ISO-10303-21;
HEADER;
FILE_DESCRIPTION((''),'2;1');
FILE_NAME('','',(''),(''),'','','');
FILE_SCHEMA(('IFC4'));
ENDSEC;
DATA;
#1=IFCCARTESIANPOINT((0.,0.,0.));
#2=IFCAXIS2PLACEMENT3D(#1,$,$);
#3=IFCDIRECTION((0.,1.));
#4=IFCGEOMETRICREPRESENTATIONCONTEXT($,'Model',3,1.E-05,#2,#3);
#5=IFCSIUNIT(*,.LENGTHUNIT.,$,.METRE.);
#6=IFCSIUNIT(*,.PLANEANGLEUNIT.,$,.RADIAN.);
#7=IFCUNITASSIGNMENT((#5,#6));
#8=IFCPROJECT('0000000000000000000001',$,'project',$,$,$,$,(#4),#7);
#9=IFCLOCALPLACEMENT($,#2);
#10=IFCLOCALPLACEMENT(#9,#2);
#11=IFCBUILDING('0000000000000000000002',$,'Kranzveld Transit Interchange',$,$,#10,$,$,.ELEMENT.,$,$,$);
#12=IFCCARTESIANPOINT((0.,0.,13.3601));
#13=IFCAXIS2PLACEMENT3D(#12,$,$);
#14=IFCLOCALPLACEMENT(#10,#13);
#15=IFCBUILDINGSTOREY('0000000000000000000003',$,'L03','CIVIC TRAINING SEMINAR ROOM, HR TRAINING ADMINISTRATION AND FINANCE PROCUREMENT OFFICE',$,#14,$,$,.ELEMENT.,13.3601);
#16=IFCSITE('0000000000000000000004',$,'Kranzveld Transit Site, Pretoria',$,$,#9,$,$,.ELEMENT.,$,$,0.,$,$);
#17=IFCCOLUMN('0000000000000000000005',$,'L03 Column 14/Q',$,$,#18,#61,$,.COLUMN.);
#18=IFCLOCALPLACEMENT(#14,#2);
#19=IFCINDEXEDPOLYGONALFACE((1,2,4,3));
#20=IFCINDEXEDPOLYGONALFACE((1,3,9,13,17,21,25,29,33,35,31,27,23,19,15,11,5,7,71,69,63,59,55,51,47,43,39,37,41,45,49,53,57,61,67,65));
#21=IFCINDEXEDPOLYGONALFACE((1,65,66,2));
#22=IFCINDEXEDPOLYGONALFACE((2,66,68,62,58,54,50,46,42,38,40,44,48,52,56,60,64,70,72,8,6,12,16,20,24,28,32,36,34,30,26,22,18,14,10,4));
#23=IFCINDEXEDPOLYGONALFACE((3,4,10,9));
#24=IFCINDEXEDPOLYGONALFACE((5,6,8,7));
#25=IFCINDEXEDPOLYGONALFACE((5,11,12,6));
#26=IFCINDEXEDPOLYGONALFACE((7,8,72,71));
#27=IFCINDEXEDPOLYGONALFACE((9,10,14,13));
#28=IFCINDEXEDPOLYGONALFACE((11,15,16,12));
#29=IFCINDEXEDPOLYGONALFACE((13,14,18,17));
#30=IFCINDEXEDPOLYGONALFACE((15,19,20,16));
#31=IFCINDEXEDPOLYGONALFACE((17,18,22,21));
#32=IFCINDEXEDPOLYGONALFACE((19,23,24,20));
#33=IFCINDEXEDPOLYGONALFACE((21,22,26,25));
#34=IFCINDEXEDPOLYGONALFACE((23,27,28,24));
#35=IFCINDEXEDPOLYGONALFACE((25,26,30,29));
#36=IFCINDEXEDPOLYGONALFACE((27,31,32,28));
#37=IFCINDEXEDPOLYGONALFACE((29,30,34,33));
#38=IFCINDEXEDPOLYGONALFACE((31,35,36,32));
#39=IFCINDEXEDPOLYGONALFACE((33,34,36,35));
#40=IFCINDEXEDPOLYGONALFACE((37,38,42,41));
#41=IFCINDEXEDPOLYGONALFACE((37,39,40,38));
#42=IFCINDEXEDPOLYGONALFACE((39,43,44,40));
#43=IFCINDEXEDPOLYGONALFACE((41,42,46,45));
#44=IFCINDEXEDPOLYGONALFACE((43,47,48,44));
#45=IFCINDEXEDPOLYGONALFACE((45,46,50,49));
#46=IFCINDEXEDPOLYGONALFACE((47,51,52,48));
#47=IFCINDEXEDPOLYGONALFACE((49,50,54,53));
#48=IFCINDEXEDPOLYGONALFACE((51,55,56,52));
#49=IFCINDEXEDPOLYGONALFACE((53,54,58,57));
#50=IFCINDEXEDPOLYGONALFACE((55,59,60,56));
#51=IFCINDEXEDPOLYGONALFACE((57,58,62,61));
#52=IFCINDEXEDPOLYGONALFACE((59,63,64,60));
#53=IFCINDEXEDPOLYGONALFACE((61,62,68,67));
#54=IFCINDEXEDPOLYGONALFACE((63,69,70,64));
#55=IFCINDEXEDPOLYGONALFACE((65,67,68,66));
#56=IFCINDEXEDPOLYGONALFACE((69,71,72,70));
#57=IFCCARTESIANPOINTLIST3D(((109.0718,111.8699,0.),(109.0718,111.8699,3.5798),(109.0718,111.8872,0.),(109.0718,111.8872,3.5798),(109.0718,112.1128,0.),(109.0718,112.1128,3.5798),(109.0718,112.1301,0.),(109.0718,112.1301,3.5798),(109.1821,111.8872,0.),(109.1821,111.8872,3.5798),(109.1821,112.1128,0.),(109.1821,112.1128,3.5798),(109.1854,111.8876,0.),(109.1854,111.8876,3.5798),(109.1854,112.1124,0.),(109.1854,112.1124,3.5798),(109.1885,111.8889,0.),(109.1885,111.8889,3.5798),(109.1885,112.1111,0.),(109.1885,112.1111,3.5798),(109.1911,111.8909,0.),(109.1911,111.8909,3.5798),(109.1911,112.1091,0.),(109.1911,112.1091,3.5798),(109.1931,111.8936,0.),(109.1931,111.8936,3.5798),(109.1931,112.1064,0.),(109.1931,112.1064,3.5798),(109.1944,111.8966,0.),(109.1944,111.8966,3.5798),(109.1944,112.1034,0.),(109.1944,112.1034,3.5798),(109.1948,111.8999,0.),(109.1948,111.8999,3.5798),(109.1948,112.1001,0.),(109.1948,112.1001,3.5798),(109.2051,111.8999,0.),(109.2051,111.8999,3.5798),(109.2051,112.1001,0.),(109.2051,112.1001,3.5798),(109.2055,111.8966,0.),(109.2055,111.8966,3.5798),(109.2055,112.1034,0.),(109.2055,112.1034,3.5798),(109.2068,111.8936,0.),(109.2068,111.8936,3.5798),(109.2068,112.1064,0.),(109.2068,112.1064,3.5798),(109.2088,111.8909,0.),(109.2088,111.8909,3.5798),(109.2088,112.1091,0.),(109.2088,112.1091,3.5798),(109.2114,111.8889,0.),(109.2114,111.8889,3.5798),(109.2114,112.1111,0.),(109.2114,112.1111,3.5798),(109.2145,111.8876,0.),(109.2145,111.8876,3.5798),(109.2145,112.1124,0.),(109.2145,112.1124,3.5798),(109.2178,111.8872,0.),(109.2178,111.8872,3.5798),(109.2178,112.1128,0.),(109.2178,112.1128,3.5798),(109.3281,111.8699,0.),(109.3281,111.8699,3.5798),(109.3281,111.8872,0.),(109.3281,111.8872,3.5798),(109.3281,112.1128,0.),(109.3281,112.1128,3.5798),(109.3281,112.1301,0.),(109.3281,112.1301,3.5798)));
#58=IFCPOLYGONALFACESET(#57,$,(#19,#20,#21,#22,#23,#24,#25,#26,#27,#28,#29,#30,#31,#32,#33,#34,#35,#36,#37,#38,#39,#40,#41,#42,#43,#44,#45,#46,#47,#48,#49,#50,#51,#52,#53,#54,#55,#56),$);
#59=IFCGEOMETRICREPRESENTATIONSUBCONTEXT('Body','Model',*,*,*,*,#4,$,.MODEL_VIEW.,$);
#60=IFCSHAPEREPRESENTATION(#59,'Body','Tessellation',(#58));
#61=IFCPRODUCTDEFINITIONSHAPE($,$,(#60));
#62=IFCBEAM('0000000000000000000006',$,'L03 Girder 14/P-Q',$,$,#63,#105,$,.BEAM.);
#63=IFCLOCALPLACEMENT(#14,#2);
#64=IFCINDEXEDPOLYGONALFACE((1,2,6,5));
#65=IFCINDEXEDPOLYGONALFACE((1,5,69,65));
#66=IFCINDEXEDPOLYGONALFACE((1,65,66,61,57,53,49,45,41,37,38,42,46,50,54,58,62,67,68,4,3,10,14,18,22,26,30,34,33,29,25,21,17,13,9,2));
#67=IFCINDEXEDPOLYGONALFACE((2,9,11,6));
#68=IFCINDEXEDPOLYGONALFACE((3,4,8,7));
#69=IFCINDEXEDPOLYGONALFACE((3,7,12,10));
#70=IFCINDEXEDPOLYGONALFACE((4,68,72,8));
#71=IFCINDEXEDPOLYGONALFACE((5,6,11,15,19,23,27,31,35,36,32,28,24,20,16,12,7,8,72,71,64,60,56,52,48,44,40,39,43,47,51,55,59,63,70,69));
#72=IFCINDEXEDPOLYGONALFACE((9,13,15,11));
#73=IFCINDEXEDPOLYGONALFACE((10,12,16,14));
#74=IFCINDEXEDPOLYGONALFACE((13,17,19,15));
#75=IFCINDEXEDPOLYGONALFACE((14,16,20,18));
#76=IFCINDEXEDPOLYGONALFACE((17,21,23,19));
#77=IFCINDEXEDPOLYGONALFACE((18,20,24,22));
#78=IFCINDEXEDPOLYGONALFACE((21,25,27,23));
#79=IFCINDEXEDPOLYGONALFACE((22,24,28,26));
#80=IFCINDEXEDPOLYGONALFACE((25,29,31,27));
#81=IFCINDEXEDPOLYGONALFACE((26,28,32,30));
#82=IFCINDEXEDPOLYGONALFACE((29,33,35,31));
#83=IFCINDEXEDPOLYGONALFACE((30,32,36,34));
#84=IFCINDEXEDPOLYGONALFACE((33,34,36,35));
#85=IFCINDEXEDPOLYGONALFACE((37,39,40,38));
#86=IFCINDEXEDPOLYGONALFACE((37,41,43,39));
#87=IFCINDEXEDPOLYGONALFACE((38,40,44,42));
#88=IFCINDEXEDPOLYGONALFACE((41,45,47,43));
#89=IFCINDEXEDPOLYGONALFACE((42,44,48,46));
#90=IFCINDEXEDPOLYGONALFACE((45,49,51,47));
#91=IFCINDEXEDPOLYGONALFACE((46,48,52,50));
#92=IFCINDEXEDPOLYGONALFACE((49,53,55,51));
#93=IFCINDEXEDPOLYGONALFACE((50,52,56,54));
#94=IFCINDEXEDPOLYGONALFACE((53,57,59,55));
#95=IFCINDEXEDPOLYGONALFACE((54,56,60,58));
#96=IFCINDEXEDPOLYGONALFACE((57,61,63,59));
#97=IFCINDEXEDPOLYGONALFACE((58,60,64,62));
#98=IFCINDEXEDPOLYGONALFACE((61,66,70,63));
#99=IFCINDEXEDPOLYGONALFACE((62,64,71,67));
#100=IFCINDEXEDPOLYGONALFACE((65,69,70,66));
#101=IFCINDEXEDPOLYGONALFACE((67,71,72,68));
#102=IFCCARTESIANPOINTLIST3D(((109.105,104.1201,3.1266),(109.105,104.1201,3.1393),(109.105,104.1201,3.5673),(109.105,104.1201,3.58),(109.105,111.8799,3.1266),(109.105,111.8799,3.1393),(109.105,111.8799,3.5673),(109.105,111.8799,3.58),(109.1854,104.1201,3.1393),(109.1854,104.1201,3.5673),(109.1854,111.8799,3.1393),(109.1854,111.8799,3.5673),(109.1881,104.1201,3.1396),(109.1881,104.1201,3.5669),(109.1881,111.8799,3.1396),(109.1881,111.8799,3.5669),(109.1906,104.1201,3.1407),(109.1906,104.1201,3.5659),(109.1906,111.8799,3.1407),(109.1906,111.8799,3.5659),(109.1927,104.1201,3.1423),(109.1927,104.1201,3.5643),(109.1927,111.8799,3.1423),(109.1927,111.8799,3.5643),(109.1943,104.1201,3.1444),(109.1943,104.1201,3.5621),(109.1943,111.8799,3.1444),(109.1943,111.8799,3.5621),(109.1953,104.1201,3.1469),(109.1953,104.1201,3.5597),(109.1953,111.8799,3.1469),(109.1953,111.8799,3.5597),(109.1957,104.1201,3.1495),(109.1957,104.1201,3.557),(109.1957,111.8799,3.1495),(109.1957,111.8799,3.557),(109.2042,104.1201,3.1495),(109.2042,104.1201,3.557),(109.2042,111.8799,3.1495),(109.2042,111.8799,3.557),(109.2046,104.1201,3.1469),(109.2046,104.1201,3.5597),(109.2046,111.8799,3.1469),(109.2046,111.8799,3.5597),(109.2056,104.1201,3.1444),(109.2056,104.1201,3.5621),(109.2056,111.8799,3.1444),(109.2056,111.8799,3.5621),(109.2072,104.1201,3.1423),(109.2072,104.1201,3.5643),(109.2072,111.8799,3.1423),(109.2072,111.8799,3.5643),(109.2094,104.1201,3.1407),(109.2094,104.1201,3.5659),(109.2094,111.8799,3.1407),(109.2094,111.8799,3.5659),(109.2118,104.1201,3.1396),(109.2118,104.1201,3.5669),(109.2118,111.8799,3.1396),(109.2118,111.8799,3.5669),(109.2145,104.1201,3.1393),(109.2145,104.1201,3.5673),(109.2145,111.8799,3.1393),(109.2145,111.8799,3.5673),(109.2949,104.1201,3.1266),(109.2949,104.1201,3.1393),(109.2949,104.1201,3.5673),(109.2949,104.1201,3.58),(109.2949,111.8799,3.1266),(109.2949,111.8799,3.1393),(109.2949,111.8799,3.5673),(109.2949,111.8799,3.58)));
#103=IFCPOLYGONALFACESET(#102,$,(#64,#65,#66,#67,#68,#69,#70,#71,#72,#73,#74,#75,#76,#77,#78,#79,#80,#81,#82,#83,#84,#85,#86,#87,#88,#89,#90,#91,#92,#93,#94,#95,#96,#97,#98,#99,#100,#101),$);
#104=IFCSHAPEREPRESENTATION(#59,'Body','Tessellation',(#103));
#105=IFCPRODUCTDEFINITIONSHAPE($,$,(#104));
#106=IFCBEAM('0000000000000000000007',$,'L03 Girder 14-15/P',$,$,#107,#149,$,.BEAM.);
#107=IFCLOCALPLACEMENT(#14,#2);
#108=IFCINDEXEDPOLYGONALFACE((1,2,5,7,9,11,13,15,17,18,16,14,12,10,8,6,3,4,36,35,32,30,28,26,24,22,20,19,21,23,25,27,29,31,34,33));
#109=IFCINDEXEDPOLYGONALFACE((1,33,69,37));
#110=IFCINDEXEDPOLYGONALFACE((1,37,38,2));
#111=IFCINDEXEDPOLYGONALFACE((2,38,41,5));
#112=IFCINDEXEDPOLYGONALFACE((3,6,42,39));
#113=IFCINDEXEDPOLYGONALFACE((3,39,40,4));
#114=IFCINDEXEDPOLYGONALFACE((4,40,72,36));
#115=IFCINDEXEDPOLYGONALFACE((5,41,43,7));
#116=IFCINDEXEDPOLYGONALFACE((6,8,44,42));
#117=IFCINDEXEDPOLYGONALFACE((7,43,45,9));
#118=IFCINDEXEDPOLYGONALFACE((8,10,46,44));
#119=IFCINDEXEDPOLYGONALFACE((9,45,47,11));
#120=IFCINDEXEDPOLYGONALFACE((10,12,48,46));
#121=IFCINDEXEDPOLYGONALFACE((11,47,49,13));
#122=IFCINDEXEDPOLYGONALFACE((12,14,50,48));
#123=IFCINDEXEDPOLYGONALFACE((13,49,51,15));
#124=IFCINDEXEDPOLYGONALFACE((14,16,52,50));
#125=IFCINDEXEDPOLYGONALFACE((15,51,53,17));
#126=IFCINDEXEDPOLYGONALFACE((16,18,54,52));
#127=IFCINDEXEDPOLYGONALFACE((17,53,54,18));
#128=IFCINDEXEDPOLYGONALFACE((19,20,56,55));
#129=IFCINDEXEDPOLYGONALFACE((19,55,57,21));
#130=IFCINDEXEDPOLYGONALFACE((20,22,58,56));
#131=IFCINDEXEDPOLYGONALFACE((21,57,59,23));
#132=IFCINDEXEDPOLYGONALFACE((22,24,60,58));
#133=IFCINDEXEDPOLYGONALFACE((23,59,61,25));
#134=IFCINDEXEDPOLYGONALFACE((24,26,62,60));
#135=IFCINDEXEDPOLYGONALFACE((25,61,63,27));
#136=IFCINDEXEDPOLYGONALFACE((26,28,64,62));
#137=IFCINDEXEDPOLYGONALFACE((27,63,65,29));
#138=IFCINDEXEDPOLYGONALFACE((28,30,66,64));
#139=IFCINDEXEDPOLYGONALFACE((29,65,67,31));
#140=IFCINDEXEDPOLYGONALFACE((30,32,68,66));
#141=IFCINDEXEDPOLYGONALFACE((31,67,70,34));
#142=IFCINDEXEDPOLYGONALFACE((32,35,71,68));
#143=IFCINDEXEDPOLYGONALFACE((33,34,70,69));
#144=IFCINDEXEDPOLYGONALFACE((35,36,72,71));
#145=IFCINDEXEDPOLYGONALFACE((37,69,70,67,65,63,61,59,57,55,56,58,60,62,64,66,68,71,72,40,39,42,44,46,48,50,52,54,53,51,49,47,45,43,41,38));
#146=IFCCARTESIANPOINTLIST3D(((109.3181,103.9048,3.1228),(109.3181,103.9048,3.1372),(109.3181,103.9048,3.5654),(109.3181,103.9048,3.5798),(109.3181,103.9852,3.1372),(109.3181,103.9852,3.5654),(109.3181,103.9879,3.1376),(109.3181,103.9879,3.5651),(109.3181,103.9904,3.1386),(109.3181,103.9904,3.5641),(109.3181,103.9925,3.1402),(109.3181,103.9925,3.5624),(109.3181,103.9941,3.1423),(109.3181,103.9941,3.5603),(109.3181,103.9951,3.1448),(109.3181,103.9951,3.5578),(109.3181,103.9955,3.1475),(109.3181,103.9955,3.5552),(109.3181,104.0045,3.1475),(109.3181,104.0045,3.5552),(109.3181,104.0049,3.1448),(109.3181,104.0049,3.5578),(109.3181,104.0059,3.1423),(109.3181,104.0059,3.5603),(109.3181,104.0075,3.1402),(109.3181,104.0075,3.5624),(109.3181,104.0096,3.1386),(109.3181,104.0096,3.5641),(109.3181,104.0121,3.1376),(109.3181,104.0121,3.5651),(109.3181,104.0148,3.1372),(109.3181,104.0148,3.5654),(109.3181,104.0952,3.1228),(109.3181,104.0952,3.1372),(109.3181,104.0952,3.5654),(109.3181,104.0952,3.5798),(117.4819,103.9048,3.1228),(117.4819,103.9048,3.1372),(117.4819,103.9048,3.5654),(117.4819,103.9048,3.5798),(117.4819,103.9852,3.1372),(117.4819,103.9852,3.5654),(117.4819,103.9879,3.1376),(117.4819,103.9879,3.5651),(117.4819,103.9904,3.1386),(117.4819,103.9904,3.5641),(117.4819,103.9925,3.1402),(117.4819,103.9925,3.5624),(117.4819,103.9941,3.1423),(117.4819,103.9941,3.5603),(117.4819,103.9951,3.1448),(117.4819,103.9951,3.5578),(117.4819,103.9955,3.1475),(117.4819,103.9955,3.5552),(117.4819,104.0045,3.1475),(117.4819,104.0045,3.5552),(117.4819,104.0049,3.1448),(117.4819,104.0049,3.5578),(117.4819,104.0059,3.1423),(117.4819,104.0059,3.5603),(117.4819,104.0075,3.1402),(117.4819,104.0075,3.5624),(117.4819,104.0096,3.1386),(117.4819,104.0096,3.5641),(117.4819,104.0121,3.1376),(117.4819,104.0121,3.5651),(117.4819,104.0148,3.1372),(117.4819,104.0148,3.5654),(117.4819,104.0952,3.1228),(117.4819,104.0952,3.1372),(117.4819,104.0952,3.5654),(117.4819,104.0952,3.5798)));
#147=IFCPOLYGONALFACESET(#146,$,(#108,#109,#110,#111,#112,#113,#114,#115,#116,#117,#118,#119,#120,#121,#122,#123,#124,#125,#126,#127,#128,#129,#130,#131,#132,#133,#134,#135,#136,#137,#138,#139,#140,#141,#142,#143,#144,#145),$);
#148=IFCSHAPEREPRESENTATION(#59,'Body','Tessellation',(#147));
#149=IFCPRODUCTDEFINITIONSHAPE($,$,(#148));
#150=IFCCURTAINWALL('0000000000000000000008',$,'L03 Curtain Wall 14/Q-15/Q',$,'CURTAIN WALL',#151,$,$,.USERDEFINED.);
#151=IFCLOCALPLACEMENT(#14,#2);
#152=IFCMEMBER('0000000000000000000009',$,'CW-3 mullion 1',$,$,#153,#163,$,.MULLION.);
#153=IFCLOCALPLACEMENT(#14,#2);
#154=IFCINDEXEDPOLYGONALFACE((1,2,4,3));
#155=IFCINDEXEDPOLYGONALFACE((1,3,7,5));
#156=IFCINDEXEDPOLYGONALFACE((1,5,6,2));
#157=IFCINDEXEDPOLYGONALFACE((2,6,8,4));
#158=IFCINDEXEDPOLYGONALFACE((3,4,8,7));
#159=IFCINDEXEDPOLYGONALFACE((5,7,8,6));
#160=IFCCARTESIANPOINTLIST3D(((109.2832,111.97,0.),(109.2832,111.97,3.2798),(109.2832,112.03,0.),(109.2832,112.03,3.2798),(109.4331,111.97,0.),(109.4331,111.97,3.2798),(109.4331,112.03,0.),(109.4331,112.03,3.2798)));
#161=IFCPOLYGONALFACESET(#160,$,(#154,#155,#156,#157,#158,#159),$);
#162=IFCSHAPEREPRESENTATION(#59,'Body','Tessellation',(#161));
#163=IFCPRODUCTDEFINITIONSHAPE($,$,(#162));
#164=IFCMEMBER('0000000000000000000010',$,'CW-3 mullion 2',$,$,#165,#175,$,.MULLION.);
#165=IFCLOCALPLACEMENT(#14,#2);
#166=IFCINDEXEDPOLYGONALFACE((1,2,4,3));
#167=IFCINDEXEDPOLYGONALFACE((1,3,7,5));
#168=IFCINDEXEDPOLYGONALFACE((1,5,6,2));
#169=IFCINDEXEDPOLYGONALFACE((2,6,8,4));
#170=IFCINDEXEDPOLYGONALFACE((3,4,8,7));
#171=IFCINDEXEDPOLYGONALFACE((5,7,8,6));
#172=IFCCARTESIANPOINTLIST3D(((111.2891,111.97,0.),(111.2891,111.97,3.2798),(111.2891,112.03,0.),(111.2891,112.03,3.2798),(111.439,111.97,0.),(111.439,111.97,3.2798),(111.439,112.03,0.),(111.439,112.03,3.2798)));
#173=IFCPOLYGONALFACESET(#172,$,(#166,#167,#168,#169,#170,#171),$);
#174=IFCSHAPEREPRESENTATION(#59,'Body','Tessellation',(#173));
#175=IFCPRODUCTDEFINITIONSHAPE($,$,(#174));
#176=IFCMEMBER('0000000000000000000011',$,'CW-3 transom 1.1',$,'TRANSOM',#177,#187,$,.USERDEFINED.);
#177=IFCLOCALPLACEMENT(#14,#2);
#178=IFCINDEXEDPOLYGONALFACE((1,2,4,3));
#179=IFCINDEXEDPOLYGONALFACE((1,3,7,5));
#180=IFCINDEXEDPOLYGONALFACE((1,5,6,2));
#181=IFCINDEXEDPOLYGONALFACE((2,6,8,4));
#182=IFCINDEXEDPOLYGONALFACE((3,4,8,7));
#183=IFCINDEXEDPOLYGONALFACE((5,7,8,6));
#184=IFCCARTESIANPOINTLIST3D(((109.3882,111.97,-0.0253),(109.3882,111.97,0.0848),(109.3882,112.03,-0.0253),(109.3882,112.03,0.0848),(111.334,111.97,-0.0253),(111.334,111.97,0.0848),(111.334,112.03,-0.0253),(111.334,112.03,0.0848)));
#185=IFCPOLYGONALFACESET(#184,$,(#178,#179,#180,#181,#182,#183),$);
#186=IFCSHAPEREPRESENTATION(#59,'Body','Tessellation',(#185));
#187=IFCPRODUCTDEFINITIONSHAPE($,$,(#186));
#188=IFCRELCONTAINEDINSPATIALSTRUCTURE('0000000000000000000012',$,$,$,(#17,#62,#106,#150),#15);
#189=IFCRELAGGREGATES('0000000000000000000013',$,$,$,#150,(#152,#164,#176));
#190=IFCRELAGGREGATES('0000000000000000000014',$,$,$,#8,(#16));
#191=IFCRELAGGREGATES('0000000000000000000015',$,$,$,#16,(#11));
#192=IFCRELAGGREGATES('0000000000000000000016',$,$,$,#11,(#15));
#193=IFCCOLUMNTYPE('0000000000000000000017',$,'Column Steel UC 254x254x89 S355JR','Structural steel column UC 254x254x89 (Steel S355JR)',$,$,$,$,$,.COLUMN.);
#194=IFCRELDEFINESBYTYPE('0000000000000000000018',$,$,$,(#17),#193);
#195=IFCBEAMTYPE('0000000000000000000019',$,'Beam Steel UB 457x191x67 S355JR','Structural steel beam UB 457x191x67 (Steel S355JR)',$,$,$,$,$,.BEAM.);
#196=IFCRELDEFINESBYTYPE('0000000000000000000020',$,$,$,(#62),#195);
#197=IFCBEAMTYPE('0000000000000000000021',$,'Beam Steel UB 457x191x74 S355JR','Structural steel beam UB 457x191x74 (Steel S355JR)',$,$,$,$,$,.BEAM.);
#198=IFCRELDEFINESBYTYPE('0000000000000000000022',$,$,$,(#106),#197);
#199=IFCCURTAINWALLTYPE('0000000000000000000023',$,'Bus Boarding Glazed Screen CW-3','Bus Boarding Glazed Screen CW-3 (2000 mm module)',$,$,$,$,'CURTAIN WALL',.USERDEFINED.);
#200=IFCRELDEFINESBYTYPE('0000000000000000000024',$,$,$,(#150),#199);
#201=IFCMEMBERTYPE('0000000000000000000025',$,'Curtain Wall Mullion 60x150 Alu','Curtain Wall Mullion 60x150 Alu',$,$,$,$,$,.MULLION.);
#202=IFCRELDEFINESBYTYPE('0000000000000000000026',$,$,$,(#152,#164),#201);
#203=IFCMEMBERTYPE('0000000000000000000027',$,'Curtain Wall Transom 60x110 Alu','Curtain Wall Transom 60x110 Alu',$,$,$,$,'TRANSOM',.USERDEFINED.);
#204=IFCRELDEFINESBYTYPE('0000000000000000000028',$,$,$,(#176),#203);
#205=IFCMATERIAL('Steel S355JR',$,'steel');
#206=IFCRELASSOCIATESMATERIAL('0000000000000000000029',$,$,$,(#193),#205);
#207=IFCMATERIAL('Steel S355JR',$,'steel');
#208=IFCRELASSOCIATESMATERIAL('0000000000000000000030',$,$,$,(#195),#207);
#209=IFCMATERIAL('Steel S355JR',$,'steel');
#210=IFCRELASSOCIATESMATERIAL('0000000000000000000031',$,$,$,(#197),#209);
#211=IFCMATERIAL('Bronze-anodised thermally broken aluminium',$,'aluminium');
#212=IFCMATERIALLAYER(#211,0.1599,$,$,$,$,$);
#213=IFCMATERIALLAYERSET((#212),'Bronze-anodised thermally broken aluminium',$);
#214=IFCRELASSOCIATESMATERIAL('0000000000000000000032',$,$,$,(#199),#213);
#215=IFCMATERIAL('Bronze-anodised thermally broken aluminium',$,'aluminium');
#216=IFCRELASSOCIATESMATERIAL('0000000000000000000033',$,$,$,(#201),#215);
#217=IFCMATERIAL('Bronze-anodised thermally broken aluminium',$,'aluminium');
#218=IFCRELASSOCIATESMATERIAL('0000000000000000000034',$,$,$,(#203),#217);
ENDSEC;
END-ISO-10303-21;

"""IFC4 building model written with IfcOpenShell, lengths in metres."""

from ifc_helpers import new_model, si_unit, direction, frame, origin, origin_2d, place, context, subcontext, project, spatial, rectangle, i_section, extrude, material, layer, layer_set, material_profile, profile_set, type_object, element, aggregate, save


model = new_model("IFC4")

# Units and contexts
model_context = context("Model", 3, precision=1e-05, world=origin(), true_north=direction((0.0, 1.0)))
body_context = subcontext(model_context, "Body", "Model", "MODEL_VIEW")
ifc_project = project(units=[si_unit("LENGTHUNIT", "METRE"), si_unit("PLANEANGLEUNIT", "RADIAN")], contexts=[model_context])

# Site, building, storey
site_placement = place(None, origin())
site = spatial("IfcSite", under=ifc_project, at=site_placement, Name="Kranzveld Transit Site, Pretoria", CompositionType="ELEMENT", RefElevation=0.0)
building_placement = place(site_placement, origin())
building = spatial("IfcBuilding", under=site, at=building_placement, Name="Kranzveld Transit Interchange", CompositionType="ELEMENT")
storey_placement = place(building_placement, frame((0.0, 0.0, 13.3601)))
storey = spatial("IfcBuildingStorey", under=building, at=storey_placement, Name="L03", Description="CIVIC TRAINING SEMINAR ROOM, HR TRAINING ADMINISTRATION AND FINANCE PROCUREMENT OFFICE", CompositionType="ELEMENT", Elevation=13.3601)

# Column
ifc_material_1 = material(Name="Steel S355JR", Category="steel")
ifc_material_profile_1 = material_profile(ifc_material_1, i_section(OverallWidth=0.2563, OverallDepth=0.2603, WebThickness=0.0103, FlangeThickness=0.0173, FilletRadius=0.0127, at=origin_2d()), Name="UC 254x254x89")
ifc_profile_set_1 = profile_set([ifc_material_profile_1], Name="Steel S355JR")
column_type = type_object("IfcColumnType", Name="Column Steel UC 254x254x89 S355JR", Description="Structural steel column UC 254x254x89 (Steel S355JR)", PredefinedType="COLUMN", material=ifc_profile_set_1)
column_placement = place(storey_placement, frame((109.2, 112.0, 0.0), z_axis=(0.0, 0.0, 1.0), x_axis=(1.0, 0.0, 0.0)))
element("IfcColumn", 1, at=column_placement, inside=storey, type_object=column_type, Name="L03 Column 14/Q", PredefinedType="COLUMN", context=body_context, shape_type="SweptSolid", body=[
    extrude(i_section(OverallWidth=0.2563, OverallDepth=0.2603, WebThickness=0.0103, FlangeThickness=0.0173, FilletRadius=0.0127, at=origin_2d()), origin(), (0.0, 0.0, 1.0), 3.5798),
])

# Beams
ifc_material_2 = material(Name="Steel S355JR", Category="steel")
ifc_material_profile_2 = material_profile(ifc_material_2, i_section(OverallWidth=0.1899, OverallDepth=0.4534, WebThickness=0.0085, FlangeThickness=0.0127, FilletRadius=0.0103, at=origin_2d()), Name="UB 457x191x67")
ifc_profile_set_2 = profile_set([ifc_material_profile_2], Name="Steel S355JR")
beam_type_1 = type_object("IfcBeamType", Name="Beam Steel UB 457x191x67 S355JR", Description="Structural steel beam UB 457x191x67 (Steel S355JR)", PredefinedType="BEAM", material=ifc_profile_set_2)
beam_1_placement = place(storey_placement, frame((109.2, 104.1201, 3.3533), z_axis=(0.0, 1.0, 0.0), x_axis=(-1.0, 0.0, 0.0)))
element("IfcBeam", 2, at=beam_1_placement, inside=storey, type_object=beam_type_1, Name="L03 Girder 14/P-Q", PredefinedType="BEAM", context=body_context, shape_type="SweptSolid", body=[
    extrude(i_section(OverallWidth=0.1899, OverallDepth=0.4534, WebThickness=0.0085, FlangeThickness=0.0127, FilletRadius=0.0103, at=origin_2d()), origin(), (0.0, 0.0, 1.0), 7.7598),
])
ifc_material_3 = material(Name="Steel S355JR", Category="steel")
ifc_material_profile_3 = material_profile(ifc_material_3, i_section(OverallWidth=0.1904, OverallDepth=0.457, WebThickness=0.009, FlangeThickness=0.0144, FilletRadius=0.0103, at=origin_2d()), Name="UB 457x191x74")
ifc_profile_set_3 = profile_set([ifc_material_profile_3], Name="Steel S355JR")
beam_type_2 = type_object("IfcBeamType", Name="Beam Steel UB 457x191x74 S355JR", Description="Structural steel beam UB 457x191x74 (Steel S355JR)", PredefinedType="BEAM", material=ifc_profile_set_3)
beam_2_placement = place(storey_placement, frame((109.3181, 104.0, 3.3513), z_axis=(1.0, 0.0, 0.0), x_axis=(0.0, 1.0, 0.0)))
element("IfcBeam", 3, at=beam_2_placement, inside=storey, type_object=beam_type_2, Name="L03 Girder 14-15/P", PredefinedType="BEAM", context=body_context, shape_type="SweptSolid", body=[
    extrude(i_section(OverallWidth=0.1904, OverallDepth=0.457, WebThickness=0.009, FlangeThickness=0.0144, FilletRadius=0.0103, at=origin_2d()), origin(), (0.0, 0.0, 1.0), 8.1638),
])

# Curtain wall, members
ifc_material_4 = material(Name="Bronze-anodised thermally broken aluminium", Category="aluminium")
ifc_layer_1 = layer(ifc_material_4, 0.1599)
ifc_layer_set_1 = layer_set([ifc_layer_1], Name="Bronze-anodised thermally broken aluminium")
curtain_wall_type = type_object("IfcCurtainWallType", Name="Bus Boarding Glazed Screen CW-3", Description="Bus Boarding Glazed Screen CW-3 (2000 mm module)", ElementType="CURTAIN WALL", PredefinedType="USERDEFINED", material=ifc_layer_set_1)
curtain_wall_placement = place(storey_placement, origin())
curtain_wall = element("IfcCurtainWall", 4, at=curtain_wall_placement, inside=storey, type_object=curtain_wall_type, Name="L03 Curtain Wall 14/Q-15/Q", ObjectType="CURTAIN WALL", PredefinedType="USERDEFINED")
ifc_material_5 = material(Name="Bronze-anodised thermally broken aluminium", Category="aluminium")
ifc_material_profile_4 = material_profile(ifc_material_5, rectangle(XDim=0.0601, YDim=0.1499, at=origin_2d()), Name="ALU MULLION 60x150")
ifc_profile_set_4 = profile_set([ifc_material_profile_4], Name="Bronze-anodised thermally broken aluminium")
member_type_1 = type_object("IfcMemberType", Name="Curtain Wall Mullion 60x150 Alu", Description="Curtain Wall Mullion 60x150 Alu", PredefinedType="MULLION", material=ifc_profile_set_4)
member_1_placement = place(storey_placement, frame((109.3582, 112.0, 0.0), z_axis=(0.0, 0.0, 1.0), x_axis=(0.0, 1.0, 0.0)))
member_1 = element("IfcMember", 5, at=member_1_placement, type_object=member_type_1, Name="CW-3 mullion 1", PredefinedType="MULLION", context=body_context, shape_type="SweptSolid", body=[
    extrude(rectangle(XDim=0.0601, YDim=0.1499, at=origin_2d()), origin(), (0.0, 0.0, 1.0), 3.2798),
])
member_2_placement = place(storey_placement, frame((111.364, 112.0, 0.0), z_axis=(0.0, 0.0, 1.0), x_axis=(0.0, 1.0, 0.0)))
member_2 = element("IfcMember", 6, at=member_2_placement, type_object=member_type_1, Name="CW-3 mullion 2", PredefinedType="MULLION", context=body_context, shape_type="SweptSolid", body=[
    extrude(rectangle(XDim=0.0601, YDim=0.1499, at=origin_2d()), origin(), (0.0, 0.0, 1.0), 3.2798),
])
ifc_material_6 = material(Name="Bronze-anodised thermally broken aluminium", Category="aluminium")
ifc_material_profile_5 = material_profile(ifc_material_6, rectangle(XDim=0.0601, YDim=0.1101, at=origin_2d()), Name="ALU TRANSOM 60x110")
ifc_profile_set_5 = profile_set([ifc_material_profile_5], Name="Bronze-anodised thermally broken aluminium")
member_type_2 = type_object("IfcMemberType", Name="Curtain Wall Transom 60x110 Alu", Description="Curtain Wall Transom 60x110 Alu", ElementType="TRANSOM", PredefinedType="USERDEFINED", material=ifc_profile_set_5)
member_3_placement = place(storey_placement, frame((109.3882, 112.0, 0.0298), z_axis=(1.0, 0.0, 0.0), x_axis=(0.0, 1.0, 0.0)))
member_3 = element("IfcMember", 7, at=member_3_placement, type_object=member_type_2, Name="CW-3 transom 1.1", ObjectType="TRANSOM", PredefinedType="USERDEFINED", context=body_context, shape_type="SweptSolid", body=[
    extrude(rectangle(XDim=0.0601, YDim=0.1101, at=origin_2d()), origin(), (0.0, 0.0, 1.0), 1.9458),
])

aggregate(curtain_wall, [member_1, member_2, member_3])

save(model, "model.ifc")
